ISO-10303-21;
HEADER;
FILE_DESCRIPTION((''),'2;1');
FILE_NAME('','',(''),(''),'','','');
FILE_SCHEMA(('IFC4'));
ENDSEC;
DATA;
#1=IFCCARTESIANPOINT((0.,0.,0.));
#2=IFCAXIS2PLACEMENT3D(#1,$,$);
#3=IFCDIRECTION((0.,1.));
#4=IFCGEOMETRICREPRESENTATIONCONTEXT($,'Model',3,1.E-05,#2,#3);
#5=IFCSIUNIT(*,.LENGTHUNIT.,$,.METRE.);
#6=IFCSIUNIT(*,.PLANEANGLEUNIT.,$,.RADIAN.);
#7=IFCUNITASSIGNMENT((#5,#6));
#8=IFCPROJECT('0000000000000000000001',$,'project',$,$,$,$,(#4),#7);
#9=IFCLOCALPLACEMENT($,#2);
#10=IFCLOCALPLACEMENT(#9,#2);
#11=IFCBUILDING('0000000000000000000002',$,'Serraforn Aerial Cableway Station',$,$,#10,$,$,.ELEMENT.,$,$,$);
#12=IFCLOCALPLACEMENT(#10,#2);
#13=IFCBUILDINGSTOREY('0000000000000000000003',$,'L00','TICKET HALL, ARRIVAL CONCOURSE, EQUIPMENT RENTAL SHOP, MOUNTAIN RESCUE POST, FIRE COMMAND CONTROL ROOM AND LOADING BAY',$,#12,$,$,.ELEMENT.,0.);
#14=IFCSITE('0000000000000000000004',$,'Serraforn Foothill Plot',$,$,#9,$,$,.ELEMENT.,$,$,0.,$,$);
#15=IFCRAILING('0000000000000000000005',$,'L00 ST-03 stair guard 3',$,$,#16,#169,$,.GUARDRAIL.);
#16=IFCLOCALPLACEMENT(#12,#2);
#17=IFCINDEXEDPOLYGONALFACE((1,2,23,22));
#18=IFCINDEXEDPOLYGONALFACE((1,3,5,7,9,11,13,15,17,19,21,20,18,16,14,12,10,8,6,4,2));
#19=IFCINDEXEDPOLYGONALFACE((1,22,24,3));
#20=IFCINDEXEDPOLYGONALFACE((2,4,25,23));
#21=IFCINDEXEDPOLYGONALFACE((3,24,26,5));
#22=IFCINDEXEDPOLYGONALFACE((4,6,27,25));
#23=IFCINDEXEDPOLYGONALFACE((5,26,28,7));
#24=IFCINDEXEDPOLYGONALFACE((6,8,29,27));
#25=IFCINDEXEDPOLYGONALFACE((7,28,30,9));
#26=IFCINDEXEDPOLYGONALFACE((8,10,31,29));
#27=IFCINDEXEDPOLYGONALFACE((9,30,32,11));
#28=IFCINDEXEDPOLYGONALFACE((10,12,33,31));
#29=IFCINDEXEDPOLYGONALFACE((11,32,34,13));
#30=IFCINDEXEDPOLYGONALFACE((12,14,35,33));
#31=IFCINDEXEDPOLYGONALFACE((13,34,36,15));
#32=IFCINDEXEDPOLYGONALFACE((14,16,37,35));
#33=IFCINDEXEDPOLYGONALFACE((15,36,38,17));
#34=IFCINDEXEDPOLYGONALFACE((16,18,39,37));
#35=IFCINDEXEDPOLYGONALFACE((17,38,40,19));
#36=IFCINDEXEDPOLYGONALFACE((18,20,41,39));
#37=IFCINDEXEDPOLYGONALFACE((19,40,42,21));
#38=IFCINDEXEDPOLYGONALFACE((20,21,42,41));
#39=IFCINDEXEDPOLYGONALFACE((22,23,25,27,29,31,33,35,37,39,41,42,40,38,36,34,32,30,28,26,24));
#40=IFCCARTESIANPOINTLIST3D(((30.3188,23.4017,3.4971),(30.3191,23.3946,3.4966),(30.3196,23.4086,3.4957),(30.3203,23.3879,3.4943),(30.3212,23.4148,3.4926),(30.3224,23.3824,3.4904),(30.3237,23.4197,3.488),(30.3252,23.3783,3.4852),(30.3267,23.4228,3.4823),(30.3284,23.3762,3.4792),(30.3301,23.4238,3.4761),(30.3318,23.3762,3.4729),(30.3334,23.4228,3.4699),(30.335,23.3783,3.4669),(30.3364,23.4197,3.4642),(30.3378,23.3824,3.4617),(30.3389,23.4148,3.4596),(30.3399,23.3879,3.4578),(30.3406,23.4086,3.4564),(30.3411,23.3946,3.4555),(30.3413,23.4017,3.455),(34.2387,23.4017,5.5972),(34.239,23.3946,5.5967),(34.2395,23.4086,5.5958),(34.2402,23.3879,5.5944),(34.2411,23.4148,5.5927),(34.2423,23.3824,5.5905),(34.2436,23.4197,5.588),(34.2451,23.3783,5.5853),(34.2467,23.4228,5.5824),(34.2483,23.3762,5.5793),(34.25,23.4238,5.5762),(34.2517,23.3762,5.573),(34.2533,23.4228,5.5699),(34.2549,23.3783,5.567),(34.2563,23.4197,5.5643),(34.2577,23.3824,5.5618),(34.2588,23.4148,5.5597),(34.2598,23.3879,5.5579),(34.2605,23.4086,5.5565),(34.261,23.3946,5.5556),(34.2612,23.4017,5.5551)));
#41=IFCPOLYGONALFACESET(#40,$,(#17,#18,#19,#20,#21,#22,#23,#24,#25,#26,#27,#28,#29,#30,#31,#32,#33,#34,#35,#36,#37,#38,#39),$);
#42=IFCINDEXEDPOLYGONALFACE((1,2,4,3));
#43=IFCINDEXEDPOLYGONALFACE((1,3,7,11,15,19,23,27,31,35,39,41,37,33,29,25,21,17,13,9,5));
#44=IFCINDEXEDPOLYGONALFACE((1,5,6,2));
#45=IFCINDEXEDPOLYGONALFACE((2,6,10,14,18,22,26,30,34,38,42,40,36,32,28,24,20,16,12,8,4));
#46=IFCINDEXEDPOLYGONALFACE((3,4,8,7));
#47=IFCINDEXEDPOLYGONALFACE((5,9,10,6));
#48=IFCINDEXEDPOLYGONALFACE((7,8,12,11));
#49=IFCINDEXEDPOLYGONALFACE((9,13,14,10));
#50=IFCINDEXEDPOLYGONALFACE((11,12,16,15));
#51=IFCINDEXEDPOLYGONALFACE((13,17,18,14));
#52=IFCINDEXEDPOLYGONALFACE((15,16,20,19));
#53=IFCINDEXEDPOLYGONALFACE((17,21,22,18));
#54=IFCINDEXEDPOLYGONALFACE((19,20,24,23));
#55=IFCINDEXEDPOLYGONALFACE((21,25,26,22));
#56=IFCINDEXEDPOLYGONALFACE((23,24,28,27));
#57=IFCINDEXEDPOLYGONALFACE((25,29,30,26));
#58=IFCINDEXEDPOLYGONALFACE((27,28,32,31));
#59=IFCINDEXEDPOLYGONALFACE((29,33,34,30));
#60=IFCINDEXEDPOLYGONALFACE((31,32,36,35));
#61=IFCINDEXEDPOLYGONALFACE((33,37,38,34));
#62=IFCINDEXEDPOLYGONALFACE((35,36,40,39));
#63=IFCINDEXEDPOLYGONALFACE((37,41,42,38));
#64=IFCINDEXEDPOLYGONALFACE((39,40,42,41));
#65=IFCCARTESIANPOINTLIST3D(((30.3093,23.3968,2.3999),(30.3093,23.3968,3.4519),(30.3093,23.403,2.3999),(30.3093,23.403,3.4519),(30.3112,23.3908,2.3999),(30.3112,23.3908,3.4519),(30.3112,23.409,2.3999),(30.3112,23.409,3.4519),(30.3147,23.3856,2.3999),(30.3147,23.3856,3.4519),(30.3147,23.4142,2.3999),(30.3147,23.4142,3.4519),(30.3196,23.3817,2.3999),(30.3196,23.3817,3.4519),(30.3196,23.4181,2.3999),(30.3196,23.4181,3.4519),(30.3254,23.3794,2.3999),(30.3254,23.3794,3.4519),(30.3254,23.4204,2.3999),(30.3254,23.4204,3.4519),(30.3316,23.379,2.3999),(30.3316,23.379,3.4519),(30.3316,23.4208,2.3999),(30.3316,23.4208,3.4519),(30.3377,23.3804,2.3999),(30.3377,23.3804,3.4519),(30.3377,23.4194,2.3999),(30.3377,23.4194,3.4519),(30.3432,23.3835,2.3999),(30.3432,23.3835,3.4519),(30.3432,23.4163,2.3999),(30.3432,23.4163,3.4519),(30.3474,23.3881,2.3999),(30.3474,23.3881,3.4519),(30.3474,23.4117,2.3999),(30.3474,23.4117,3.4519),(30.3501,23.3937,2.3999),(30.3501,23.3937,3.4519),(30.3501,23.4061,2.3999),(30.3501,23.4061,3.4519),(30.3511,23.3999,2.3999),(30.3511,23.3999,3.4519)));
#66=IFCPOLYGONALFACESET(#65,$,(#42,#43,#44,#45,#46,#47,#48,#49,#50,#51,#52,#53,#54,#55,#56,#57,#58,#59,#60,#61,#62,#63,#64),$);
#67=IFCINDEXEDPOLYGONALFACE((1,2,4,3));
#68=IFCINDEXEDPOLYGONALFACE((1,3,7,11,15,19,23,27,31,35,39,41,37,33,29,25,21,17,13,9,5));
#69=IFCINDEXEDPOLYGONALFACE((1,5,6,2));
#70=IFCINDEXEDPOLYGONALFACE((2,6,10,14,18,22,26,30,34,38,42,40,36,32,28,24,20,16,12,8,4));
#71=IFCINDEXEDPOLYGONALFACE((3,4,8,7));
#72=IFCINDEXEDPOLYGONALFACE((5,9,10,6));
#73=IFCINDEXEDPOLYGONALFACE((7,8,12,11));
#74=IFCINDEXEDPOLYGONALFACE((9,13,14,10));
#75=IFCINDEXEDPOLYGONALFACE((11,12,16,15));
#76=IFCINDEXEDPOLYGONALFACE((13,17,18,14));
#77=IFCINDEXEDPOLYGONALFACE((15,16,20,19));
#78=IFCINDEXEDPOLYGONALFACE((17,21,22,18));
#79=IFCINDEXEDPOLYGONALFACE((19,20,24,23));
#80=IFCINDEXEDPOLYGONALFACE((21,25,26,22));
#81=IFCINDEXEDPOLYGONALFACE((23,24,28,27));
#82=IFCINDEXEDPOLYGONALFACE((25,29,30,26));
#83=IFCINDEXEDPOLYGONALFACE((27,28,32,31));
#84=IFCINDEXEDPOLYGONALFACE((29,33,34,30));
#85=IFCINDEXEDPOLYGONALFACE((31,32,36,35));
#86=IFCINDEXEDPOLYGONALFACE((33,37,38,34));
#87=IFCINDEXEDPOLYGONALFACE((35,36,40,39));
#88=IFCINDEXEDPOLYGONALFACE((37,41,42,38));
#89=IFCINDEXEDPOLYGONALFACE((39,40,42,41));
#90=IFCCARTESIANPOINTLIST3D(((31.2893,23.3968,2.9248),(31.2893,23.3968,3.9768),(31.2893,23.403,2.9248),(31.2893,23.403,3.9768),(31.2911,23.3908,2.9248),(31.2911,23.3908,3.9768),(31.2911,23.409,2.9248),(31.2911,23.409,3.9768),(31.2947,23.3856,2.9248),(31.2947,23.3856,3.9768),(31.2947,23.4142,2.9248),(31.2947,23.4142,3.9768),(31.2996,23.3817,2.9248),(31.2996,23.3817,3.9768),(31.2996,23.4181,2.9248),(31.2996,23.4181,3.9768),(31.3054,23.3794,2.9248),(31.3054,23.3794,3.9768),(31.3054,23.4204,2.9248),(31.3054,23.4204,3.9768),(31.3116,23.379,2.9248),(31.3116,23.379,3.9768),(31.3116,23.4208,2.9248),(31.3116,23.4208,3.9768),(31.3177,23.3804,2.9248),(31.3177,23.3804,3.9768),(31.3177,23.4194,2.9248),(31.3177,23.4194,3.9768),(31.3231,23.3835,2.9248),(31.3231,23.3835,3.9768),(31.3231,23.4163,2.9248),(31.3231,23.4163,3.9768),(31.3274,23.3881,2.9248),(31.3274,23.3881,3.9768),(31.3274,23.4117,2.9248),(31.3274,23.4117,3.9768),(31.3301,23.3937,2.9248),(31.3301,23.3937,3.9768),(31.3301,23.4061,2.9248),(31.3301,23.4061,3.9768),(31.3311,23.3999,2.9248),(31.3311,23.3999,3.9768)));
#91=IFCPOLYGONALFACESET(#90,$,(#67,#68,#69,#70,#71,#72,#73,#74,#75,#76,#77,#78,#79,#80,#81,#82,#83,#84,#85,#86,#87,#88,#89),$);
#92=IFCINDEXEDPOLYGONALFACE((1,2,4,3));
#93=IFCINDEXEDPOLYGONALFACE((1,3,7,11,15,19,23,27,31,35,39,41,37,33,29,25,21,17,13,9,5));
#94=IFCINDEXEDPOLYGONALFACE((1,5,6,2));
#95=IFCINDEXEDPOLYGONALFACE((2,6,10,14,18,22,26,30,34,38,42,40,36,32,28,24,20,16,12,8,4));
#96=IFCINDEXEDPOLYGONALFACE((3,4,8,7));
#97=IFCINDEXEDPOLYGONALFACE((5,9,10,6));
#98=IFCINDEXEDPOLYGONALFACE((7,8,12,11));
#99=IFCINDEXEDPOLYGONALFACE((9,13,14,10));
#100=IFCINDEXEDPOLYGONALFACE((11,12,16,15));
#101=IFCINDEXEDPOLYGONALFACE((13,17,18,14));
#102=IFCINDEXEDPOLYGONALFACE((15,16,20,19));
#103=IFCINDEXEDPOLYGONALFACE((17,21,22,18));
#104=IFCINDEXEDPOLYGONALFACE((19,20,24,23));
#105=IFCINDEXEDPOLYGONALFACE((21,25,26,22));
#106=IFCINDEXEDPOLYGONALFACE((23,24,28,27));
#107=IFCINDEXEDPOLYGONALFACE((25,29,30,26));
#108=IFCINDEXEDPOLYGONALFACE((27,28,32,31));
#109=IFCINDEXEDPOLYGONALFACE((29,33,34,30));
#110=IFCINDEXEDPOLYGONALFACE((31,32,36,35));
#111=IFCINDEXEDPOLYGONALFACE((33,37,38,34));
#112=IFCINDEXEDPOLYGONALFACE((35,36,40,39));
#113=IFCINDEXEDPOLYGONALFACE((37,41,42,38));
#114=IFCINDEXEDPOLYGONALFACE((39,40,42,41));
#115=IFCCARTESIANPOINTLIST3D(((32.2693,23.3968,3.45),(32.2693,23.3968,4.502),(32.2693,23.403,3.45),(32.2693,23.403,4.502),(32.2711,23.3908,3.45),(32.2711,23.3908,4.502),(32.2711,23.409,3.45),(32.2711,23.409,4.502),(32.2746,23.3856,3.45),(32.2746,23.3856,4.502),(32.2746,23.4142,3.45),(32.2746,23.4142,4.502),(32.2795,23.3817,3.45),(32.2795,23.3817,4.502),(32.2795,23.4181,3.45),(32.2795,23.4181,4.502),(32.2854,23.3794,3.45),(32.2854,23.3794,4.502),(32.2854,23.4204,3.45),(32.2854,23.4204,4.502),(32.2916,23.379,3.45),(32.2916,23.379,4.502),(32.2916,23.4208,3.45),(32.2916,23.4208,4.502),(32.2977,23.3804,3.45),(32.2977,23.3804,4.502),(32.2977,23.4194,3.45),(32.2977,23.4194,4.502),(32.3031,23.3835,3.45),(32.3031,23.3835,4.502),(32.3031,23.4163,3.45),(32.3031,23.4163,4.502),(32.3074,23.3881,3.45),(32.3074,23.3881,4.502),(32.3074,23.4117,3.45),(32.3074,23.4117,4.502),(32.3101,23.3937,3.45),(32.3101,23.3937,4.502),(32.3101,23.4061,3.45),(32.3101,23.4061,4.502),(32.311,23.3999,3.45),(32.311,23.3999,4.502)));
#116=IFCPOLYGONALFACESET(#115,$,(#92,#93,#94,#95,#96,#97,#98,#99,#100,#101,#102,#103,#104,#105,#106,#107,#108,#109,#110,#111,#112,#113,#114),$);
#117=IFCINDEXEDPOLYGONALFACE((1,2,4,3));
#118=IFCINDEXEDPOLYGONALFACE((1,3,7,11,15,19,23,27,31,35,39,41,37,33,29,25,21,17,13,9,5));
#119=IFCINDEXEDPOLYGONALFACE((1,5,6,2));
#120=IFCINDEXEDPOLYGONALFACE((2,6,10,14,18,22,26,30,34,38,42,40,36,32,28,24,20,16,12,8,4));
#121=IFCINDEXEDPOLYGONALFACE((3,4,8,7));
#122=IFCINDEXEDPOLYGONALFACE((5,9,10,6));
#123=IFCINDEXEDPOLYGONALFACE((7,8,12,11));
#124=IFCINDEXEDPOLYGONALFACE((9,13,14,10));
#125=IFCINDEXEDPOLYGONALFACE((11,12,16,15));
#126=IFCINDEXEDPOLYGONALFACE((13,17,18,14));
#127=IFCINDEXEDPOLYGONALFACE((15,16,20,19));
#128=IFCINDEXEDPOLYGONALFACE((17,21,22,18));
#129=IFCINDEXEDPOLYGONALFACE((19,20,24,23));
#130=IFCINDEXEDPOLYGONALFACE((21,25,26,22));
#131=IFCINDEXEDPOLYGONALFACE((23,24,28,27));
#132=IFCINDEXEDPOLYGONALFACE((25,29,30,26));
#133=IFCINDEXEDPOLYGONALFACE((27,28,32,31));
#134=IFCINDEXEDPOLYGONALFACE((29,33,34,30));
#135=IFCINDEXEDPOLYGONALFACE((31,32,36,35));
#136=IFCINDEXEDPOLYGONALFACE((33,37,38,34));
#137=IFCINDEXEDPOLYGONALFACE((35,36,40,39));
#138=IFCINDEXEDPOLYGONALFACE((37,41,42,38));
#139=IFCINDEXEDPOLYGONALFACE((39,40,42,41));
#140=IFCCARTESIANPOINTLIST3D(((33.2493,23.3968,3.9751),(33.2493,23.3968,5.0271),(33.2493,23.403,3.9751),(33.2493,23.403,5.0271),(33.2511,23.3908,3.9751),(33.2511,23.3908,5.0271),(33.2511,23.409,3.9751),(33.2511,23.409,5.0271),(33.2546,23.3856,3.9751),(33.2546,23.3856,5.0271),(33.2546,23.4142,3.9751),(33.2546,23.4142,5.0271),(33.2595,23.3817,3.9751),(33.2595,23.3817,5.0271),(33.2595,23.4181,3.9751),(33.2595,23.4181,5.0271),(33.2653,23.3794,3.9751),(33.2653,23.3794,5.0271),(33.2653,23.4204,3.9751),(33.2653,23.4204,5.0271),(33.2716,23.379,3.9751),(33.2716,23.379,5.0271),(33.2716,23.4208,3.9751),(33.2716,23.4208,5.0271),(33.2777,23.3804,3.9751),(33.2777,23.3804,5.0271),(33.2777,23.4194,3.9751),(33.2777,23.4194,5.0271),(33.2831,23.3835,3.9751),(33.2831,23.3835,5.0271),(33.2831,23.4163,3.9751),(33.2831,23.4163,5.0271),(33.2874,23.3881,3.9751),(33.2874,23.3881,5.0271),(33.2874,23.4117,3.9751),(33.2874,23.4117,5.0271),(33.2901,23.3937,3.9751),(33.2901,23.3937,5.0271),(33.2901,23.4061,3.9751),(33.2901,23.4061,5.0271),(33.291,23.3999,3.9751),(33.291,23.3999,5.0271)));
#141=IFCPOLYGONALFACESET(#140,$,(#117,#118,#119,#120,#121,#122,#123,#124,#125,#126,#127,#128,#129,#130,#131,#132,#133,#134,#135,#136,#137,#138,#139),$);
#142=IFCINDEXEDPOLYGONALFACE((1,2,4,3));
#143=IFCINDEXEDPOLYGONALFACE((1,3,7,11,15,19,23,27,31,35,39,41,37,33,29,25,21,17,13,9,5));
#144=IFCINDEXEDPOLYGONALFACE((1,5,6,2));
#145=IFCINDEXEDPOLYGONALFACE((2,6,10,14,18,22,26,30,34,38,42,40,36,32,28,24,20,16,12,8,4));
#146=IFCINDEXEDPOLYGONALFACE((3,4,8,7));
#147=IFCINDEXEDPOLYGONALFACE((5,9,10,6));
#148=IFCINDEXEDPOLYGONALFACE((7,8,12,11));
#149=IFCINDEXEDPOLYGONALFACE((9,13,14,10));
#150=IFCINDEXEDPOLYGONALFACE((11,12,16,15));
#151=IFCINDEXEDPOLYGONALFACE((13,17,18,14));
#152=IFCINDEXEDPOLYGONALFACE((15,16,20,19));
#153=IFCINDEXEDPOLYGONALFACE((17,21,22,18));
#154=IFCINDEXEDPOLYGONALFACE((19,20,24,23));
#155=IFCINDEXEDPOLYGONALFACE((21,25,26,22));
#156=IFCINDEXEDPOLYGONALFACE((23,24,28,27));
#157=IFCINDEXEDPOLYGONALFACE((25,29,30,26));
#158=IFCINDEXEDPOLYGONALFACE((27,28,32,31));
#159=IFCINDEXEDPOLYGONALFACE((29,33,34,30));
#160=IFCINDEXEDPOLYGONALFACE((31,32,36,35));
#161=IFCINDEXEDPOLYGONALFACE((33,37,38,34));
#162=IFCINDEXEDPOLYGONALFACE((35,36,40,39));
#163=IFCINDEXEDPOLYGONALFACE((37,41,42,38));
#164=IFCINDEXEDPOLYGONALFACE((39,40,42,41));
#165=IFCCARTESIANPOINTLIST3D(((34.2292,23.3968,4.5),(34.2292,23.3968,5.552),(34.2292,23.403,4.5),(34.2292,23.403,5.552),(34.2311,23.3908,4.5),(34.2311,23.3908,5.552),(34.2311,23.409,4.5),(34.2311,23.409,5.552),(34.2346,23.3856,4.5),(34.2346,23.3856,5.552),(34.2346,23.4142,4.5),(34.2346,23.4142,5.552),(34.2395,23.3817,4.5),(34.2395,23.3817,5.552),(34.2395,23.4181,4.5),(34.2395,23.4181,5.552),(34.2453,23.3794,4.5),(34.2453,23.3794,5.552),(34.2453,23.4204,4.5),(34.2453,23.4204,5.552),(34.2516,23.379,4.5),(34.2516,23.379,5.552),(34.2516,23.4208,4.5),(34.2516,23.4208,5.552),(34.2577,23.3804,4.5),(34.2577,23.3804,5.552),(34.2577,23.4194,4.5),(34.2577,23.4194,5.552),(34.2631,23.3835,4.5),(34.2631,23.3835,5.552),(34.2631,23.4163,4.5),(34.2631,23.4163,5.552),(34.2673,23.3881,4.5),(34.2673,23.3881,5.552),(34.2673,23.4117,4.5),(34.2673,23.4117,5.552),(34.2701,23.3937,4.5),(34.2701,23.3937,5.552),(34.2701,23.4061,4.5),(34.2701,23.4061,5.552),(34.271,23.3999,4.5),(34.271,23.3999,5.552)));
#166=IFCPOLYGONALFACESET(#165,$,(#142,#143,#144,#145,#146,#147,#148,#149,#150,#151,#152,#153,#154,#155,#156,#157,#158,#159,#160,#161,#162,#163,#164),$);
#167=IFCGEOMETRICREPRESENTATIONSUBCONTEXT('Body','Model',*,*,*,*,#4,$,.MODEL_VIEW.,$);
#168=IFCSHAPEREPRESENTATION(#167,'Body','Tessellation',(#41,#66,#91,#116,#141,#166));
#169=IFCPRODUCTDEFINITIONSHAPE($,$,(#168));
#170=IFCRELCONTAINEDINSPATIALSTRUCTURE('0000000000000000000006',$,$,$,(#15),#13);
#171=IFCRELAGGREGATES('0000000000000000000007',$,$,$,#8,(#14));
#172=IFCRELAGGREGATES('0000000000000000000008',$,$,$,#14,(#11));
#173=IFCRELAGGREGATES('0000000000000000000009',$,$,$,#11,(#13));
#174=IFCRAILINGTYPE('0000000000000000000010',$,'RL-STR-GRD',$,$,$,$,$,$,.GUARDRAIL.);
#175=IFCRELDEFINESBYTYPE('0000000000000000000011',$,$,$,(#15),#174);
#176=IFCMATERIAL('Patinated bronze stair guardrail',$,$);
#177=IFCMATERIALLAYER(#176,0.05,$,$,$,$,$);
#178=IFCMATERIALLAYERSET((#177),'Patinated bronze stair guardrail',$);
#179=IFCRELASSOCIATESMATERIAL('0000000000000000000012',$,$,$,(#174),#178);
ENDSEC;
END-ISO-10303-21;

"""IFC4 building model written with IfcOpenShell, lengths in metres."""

from ifc_helpers import new_model, si_unit, direction, frame, origin, origin_2d, place, context, subcontext, project, spatial, circle, extrude, material, layer, layer_set, type_object, element, save


model = new_model("IFC4")

# Units and contexts
model_context = context("Model", 3, precision=1e-05, world=origin(), true_north=direction((0.0, 1.0)))
body_context = subcontext(model_context, "Body", "Model", "MODEL_VIEW")
ifc_project = project(units=[si_unit("LENGTHUNIT", "METRE"), si_unit("PLANEANGLEUNIT", "RADIAN")], contexts=[model_context])

# Site, building, storey
site_placement = place(None, origin())
site = spatial("IfcSite", under=ifc_project, at=site_placement, Name="Serraforn Foothill Plot", CompositionType="ELEMENT", RefElevation=0.0)
building_placement = place(site_placement, origin())
building = spatial("IfcBuilding", under=site, at=building_placement, Name="Serraforn Aerial Cableway Station", CompositionType="ELEMENT")
storey_placement = place(building_placement, origin())
storey = spatial("IfcBuildingStorey", under=building, at=storey_placement, Name="L00", Description="TICKET HALL, ARRIVAL CONCOURSE, EQUIPMENT RENTAL SHOP, MOUNTAIN RESCUE POST, FIRE COMMAND CONTROL ROOM AND LOADING BAY", CompositionType="ELEMENT", Elevation=0.0)

# Railing
ifc_material_1 = material(Name="Patinated bronze stair guardrail")
ifc_layer_1 = layer(ifc_material_1, 0.05)
ifc_layer_set_1 = layer_set([ifc_layer_1], Name="Patinated bronze stair guardrail")
railing_type_1 = type_object("IfcRailingType", Name="RL-STR-GRD", PredefinedType="GUARDRAIL", material=ifc_layer_set_1)
railing_1_placement = place(storey_placement, frame((30.3301, 23.3999, 2.3999)))
element("IfcRailing", 1, at=railing_1_placement, inside=storey, type_object=railing_type_1, Name="L00 ST-03 stair guard 3", PredefinedType="GUARDRAIL", context=body_context, shape_type="SweptSolid", body=[
    extrude(circle(Radius=0.0239, at=origin_2d()), frame((0.0, 0.0, 1.0762), z_axis=(0.881467, 0.0, 0.472246), x_axis=(0.0, 1.0, 0.0)), (0.0, 0.0, 1.0), 4.447),
    extrude(circle(Radius=0.021, at=origin_2d()), origin(), (0.0, 0.0, 1.0), 1.052),
    extrude(circle(Radius=0.021, at=origin_2d()), frame((0.98, 0.0, 0.5249)), (0.0, 0.0, 1.0), 1.052),
    extrude(circle(Radius=0.021, at=origin_2d()), frame((1.96, 0.0, 1.05)), (0.0, 0.0, 1.0), 1.052),
    extrude(circle(Radius=0.021, at=origin_2d()), frame((2.9399, 0.0, 1.5752)), (0.0, 0.0, 1.0), 1.052),
    extrude(circle(Radius=0.021, at=origin_2d()), frame((3.9199, 0.0, 2.1001)), (0.0, 0.0, 1.0), 1.052),
])

save(model, "model.ifc")
